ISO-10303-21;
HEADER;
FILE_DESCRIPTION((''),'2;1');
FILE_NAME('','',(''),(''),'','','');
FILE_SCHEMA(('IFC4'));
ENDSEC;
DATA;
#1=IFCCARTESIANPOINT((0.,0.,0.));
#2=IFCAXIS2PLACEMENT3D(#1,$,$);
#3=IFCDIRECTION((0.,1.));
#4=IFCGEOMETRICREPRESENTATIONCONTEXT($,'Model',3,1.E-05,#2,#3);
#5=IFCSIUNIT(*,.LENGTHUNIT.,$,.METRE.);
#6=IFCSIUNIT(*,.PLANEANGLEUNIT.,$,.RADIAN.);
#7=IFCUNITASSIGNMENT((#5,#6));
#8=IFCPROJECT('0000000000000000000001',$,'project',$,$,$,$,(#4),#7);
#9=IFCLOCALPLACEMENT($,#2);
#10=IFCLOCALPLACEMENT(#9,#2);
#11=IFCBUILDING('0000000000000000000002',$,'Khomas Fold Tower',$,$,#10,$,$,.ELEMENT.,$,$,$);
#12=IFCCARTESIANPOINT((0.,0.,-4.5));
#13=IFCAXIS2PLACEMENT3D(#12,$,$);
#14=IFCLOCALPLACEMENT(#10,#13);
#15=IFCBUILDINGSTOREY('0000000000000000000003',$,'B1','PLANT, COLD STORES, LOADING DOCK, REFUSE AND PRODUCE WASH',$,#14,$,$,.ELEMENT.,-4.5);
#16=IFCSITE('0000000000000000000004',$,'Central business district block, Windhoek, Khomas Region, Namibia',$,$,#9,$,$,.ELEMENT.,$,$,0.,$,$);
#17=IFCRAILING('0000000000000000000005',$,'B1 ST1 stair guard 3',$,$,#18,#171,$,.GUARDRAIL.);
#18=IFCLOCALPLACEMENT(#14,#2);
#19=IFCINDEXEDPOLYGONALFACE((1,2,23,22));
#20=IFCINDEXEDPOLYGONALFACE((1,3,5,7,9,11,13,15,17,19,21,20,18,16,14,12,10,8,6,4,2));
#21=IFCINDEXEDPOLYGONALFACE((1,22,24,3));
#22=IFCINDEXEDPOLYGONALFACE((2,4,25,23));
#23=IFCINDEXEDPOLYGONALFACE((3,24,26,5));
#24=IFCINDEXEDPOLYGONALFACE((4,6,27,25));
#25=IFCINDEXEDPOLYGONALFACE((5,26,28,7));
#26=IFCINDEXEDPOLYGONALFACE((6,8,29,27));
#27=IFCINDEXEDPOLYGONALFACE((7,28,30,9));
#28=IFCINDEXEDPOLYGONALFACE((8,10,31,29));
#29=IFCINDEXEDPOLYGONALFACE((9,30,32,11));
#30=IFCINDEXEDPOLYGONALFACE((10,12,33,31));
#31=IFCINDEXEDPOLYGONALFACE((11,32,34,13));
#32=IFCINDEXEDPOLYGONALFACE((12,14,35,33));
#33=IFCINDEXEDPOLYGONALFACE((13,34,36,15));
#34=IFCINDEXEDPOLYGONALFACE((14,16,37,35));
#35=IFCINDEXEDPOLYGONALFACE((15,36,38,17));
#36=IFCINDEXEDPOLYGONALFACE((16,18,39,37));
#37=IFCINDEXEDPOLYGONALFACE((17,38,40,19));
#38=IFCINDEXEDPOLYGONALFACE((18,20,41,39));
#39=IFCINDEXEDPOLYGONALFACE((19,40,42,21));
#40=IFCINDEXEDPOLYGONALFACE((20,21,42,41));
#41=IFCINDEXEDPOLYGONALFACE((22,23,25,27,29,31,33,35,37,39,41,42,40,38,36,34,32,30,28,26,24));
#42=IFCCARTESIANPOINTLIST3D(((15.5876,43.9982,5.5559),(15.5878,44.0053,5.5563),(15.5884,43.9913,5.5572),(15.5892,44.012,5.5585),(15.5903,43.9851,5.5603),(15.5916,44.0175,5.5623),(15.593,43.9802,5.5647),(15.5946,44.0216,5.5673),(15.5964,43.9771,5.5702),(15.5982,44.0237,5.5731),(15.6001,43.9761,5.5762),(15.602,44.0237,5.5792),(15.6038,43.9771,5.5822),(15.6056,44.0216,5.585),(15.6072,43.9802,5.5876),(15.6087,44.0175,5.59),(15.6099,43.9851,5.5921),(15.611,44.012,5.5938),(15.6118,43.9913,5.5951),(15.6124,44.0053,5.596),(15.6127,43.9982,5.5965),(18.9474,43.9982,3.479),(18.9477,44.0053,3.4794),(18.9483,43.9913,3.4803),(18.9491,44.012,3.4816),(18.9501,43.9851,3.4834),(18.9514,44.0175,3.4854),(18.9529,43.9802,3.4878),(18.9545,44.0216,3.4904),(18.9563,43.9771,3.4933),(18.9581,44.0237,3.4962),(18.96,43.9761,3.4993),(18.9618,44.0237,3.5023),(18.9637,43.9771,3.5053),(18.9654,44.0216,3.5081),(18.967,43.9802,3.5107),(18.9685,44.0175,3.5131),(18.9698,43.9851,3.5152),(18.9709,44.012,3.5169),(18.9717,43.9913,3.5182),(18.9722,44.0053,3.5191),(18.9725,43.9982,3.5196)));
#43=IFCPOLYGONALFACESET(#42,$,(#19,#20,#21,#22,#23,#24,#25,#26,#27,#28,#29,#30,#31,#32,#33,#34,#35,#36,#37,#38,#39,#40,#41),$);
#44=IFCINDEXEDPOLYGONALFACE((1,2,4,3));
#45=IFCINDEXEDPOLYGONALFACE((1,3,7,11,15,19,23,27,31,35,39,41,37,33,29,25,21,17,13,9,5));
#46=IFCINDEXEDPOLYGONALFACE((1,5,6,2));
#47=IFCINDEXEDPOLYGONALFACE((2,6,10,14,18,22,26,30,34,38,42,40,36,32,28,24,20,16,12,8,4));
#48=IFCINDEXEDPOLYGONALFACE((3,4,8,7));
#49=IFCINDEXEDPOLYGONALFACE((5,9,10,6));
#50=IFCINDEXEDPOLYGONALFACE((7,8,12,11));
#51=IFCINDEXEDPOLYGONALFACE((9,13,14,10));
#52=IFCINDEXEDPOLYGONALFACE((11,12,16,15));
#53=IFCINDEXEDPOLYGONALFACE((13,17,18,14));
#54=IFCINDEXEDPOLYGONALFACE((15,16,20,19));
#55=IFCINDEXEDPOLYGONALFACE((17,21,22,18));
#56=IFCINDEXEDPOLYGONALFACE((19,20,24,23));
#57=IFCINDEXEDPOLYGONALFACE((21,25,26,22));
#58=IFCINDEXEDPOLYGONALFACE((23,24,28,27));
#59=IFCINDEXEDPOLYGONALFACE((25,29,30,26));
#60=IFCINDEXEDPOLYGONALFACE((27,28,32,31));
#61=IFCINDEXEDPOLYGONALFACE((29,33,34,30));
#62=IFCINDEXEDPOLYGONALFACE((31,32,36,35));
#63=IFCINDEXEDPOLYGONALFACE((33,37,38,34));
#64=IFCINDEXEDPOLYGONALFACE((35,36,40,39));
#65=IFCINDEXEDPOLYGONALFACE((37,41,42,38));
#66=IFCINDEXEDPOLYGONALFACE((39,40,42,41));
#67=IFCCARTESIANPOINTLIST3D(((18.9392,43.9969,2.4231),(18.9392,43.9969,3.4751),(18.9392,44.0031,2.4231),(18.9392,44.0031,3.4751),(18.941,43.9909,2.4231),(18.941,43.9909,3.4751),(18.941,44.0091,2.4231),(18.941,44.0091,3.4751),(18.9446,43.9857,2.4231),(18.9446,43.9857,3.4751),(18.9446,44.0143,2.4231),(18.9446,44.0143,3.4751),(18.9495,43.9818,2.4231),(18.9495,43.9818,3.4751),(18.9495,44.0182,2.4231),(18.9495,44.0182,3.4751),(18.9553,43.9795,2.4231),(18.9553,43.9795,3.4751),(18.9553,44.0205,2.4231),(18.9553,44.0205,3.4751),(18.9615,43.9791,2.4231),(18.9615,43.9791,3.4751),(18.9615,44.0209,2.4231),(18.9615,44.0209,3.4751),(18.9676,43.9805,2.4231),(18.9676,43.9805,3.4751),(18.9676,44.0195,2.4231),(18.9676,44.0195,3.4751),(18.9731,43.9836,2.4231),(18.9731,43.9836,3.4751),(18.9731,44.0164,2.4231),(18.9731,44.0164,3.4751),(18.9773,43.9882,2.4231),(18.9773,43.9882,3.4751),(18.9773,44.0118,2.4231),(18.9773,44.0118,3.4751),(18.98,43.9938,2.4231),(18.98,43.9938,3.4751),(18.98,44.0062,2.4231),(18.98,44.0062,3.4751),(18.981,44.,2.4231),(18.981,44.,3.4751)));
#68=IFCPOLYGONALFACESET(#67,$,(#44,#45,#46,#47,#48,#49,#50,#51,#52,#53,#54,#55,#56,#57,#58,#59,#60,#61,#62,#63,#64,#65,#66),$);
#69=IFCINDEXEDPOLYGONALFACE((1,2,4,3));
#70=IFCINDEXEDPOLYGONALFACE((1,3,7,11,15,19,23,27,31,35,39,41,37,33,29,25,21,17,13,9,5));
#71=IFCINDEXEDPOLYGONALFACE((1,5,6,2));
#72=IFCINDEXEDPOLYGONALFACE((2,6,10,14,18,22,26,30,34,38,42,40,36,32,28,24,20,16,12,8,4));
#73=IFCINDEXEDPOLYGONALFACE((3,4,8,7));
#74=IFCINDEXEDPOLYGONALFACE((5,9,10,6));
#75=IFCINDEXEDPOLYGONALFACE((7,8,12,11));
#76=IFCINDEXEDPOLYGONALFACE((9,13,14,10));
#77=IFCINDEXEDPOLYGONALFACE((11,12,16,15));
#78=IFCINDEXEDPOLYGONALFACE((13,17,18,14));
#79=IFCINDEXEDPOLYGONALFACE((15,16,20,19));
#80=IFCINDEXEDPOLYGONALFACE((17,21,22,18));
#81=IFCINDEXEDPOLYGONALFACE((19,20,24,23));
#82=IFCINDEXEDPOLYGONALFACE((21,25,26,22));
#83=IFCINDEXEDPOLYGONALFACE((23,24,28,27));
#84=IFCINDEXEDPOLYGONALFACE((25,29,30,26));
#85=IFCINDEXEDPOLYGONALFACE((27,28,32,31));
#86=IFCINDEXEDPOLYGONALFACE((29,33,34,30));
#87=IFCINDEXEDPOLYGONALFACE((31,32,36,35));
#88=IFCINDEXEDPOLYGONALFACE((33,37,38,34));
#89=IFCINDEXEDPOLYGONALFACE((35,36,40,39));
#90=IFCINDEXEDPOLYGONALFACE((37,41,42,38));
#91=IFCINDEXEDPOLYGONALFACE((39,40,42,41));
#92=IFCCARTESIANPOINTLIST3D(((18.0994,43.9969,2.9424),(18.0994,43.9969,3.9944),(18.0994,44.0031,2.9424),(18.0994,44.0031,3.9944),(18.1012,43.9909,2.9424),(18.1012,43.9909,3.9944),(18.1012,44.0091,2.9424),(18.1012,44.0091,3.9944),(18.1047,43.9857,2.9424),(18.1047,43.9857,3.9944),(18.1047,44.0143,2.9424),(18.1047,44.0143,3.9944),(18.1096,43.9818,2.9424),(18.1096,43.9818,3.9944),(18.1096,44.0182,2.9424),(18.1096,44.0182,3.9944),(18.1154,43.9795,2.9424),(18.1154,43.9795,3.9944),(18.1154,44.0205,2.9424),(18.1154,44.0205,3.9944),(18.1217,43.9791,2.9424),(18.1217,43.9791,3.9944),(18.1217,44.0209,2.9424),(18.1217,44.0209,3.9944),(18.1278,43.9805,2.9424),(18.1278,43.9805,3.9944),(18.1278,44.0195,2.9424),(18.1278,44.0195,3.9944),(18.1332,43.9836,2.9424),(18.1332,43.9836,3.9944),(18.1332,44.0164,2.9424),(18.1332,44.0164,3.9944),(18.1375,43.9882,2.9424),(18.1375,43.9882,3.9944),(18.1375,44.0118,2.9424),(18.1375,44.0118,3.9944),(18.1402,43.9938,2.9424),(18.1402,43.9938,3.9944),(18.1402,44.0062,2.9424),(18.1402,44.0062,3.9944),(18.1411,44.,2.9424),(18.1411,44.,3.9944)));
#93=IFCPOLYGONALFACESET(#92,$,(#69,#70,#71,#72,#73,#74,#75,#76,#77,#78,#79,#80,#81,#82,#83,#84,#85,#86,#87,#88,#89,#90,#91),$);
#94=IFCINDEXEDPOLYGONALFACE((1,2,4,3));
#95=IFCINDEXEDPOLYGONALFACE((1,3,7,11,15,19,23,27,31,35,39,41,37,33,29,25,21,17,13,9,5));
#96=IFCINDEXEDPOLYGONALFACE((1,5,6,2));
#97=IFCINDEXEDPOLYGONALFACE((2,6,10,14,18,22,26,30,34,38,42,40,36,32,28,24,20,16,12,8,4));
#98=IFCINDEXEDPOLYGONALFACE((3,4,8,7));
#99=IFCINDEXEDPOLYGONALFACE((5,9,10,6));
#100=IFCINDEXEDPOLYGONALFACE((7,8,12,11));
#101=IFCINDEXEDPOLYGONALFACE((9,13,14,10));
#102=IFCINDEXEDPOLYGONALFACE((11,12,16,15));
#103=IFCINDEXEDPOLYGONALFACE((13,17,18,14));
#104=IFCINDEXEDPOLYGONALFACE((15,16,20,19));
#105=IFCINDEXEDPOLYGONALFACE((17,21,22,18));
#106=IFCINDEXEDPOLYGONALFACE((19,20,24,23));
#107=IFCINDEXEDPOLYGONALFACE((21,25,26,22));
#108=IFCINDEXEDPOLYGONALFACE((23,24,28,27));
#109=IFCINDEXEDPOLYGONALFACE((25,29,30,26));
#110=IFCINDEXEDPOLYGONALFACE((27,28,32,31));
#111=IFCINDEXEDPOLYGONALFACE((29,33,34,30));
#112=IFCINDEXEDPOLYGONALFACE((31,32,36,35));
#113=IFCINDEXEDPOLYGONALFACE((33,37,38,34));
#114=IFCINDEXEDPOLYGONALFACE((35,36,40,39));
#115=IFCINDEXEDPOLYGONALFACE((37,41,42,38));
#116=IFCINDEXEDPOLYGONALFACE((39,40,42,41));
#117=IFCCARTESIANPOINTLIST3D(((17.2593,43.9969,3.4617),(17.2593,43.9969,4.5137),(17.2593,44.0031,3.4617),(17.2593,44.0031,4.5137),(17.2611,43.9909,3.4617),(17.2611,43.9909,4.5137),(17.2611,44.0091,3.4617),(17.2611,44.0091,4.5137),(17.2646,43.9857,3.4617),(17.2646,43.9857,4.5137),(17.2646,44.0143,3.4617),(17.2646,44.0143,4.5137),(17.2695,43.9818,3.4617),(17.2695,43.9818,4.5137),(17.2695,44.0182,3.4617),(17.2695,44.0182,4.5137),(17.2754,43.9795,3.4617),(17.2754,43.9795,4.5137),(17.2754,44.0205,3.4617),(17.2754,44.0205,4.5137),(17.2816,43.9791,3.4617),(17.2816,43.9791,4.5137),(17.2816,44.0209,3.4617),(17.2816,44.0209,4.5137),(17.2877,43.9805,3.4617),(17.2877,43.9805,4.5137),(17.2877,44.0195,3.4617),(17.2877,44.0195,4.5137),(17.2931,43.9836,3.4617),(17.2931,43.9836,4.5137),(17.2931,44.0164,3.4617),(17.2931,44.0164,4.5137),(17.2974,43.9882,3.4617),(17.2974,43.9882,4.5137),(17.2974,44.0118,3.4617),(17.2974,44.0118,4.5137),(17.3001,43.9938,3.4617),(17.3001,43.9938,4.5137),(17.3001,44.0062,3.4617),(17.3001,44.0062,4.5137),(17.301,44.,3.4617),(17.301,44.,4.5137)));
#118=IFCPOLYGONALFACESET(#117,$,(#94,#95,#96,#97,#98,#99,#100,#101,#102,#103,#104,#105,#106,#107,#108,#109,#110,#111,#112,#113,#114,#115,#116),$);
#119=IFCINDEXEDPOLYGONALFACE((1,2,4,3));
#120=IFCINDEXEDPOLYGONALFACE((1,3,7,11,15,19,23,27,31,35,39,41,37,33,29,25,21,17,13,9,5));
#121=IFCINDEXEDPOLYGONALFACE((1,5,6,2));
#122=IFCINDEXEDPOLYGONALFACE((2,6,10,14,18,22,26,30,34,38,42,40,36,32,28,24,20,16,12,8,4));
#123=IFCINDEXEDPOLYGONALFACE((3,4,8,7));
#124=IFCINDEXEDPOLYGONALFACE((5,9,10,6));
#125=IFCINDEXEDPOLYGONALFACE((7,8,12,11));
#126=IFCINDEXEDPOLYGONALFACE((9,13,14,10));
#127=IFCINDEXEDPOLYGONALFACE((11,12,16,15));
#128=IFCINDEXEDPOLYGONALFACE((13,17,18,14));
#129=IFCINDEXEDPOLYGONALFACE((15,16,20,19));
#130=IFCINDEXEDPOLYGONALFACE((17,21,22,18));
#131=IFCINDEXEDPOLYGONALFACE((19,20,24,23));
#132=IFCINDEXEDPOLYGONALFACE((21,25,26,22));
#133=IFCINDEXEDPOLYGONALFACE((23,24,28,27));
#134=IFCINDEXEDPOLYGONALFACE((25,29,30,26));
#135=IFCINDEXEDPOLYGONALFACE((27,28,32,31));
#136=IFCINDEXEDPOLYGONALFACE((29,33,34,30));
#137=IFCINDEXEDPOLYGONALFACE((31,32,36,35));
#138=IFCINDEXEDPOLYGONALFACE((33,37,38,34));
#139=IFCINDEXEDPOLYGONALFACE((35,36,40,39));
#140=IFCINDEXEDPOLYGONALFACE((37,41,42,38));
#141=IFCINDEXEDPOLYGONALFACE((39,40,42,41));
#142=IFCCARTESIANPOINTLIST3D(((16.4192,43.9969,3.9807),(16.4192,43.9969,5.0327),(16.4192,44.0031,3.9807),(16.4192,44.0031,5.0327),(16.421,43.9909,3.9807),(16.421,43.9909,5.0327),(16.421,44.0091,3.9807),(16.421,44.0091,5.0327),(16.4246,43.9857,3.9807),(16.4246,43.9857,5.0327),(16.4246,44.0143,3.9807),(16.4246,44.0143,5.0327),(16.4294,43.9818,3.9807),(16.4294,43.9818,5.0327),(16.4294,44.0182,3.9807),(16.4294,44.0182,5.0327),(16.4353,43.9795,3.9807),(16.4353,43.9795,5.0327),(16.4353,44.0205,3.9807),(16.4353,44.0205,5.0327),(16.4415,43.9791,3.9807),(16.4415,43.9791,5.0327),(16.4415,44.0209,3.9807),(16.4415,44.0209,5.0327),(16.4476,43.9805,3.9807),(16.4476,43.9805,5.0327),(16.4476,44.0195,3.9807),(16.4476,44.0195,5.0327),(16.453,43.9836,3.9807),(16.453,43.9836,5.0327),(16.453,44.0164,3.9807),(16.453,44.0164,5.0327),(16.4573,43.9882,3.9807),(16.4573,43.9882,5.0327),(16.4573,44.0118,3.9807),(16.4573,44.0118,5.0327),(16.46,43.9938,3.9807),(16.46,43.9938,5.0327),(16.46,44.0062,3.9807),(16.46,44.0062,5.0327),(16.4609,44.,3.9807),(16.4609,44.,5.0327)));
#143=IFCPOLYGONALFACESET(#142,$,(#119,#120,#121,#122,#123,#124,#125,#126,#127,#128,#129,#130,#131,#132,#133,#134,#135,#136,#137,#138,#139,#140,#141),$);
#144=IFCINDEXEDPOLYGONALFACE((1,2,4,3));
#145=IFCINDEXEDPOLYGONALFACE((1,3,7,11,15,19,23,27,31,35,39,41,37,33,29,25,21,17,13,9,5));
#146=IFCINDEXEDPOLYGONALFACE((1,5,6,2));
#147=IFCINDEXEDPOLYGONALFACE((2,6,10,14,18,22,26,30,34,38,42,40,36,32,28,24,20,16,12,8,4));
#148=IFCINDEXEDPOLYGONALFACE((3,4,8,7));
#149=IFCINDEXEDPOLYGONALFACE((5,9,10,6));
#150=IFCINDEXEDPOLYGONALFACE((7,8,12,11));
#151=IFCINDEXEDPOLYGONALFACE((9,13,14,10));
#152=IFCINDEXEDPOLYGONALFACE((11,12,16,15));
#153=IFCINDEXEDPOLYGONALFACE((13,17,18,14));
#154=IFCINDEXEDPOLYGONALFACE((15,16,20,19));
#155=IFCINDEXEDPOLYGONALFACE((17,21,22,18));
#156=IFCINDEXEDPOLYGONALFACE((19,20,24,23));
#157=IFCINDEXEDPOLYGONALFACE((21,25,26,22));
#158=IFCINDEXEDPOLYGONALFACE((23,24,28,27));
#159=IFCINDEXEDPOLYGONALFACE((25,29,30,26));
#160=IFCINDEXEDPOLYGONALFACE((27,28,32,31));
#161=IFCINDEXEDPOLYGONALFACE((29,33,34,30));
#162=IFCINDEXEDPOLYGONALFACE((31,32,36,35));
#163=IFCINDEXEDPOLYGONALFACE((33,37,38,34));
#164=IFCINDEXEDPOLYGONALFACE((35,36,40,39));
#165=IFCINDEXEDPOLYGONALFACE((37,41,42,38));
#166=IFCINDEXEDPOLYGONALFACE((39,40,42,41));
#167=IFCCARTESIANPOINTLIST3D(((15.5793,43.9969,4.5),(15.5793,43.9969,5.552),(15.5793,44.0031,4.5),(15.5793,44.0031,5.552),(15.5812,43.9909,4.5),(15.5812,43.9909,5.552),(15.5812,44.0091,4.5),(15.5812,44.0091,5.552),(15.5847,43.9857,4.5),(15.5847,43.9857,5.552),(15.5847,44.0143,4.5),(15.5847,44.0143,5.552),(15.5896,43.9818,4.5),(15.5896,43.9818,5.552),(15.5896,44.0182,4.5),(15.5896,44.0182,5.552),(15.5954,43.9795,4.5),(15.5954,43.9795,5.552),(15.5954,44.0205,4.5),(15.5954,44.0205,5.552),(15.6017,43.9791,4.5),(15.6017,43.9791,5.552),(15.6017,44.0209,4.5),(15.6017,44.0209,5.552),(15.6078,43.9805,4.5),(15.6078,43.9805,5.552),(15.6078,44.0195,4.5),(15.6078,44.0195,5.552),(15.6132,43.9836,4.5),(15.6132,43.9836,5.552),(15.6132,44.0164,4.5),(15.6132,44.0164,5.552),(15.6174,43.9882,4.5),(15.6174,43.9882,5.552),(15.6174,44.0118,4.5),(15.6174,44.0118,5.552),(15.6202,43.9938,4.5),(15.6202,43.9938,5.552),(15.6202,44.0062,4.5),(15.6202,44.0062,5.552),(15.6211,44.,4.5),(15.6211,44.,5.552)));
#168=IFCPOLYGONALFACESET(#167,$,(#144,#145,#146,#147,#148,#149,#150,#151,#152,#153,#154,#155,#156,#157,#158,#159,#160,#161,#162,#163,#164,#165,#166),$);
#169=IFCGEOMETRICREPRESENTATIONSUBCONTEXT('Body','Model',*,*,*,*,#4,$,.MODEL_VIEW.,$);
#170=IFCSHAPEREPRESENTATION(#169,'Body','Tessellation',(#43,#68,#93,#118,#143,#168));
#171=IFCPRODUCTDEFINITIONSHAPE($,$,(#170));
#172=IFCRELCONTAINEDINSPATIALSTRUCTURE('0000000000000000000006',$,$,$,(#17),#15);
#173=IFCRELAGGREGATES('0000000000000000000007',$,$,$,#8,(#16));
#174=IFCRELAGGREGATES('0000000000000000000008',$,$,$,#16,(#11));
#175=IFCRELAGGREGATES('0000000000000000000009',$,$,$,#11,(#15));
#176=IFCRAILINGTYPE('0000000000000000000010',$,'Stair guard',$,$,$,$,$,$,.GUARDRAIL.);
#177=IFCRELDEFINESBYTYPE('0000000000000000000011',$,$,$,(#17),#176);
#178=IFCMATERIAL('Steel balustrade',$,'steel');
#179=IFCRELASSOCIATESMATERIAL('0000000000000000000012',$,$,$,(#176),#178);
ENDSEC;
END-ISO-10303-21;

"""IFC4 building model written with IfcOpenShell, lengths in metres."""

from ifc_helpers import new_model, si_unit, direction, frame, origin, origin_2d, place, context, subcontext, project, spatial, circle, extrude, source, transform, mapped, material, type_object, element, save


model = new_model("IFC4")

# Units and contexts
model_context = context("Model", 3, precision=1e-05, world=origin(), true_north=direction((0.0, 1.0)))
body_context = subcontext(model_context, "Body", "Model", "MODEL_VIEW")
ifc_project = project(units=[si_unit("LENGTHUNIT", "METRE"), si_unit("PLANEANGLEUNIT", "RADIAN")], contexts=[model_context])

# Site, building, storey
site_placement = place(None, origin())
site = spatial("IfcSite", under=ifc_project, at=site_placement, Name="Central business district block, Windhoek, Khomas Region, Namibia", CompositionType="ELEMENT", RefElevation=0.0)
building_placement = place(site_placement, origin())
building = spatial("IfcBuilding", under=site, at=building_placement, Name="Khomas Fold Tower", CompositionType="ELEMENT")
storey_placement = place(building_placement, frame((0.0, 0.0, -4.5)))
storey = spatial("IfcBuildingStorey", under=building, at=storey_placement, Name="B1", Description="PLANT, COLD STORES, LOADING DOCK, REFUSE AND PRODUCE WASH", CompositionType="ELEMENT", Elevation=-4.5)

# Railing
ifc_material_1 = material(Name="Steel balustrade", Category="steel")
railing_type_1 = type_object("IfcRailingType", Name="Stair guard", PredefinedType="GUARDRAIL", material=ifc_material_1)
shared_shape_1 = source(origin(), body_context, "Body", "SweptSolid", [
    extrude(circle(Radius=0.0239, at=origin_2d()), frame((0.0, 0.0, 1.0762), z_axis=(-0.850606, 0.0, 0.525803), x_axis=(0.0, -1.0, 0.0)), (0.0, 0.0, 1.0), 3.95),
    extrude(circle(Radius=0.021, at=origin_2d()), origin(), (0.0, 0.0, 1.0), 1.052),
    extrude(circle(Radius=0.021, at=origin_2d()), frame((-0.8398, 0.0, 0.5193)), (0.0, 0.0, 1.0), 1.052),
    extrude(circle(Radius=0.021, at=origin_2d()), frame((-1.6799, 0.0, 1.0386)), (0.0, 0.0, 1.0), 1.052),
    extrude(circle(Radius=0.021, at=origin_2d()), frame((-2.52, 0.0, 1.5576)), (0.0, 0.0, 1.0), 1.052),
    extrude(circle(Radius=0.021, at=origin_2d()), frame((-3.3599, 0.0, 2.0769)), (0.0, 0.0, 1.0), 1.052),
])
railing_1_placement = place(storey_placement, frame((18.96, 44.0, 2.4231)))
element("IfcRailing", 1, at=railing_1_placement, inside=storey, type_object=railing_type_1, Name="B1 ST1 stair guard 3", PredefinedType="GUARDRAIL", context=body_context, shape_type="MappedRepresentation", body=[
    mapped(shared_shape_1, transform((0.0, 0.0, 0.0))),
])

save(model, "model.ifc")
